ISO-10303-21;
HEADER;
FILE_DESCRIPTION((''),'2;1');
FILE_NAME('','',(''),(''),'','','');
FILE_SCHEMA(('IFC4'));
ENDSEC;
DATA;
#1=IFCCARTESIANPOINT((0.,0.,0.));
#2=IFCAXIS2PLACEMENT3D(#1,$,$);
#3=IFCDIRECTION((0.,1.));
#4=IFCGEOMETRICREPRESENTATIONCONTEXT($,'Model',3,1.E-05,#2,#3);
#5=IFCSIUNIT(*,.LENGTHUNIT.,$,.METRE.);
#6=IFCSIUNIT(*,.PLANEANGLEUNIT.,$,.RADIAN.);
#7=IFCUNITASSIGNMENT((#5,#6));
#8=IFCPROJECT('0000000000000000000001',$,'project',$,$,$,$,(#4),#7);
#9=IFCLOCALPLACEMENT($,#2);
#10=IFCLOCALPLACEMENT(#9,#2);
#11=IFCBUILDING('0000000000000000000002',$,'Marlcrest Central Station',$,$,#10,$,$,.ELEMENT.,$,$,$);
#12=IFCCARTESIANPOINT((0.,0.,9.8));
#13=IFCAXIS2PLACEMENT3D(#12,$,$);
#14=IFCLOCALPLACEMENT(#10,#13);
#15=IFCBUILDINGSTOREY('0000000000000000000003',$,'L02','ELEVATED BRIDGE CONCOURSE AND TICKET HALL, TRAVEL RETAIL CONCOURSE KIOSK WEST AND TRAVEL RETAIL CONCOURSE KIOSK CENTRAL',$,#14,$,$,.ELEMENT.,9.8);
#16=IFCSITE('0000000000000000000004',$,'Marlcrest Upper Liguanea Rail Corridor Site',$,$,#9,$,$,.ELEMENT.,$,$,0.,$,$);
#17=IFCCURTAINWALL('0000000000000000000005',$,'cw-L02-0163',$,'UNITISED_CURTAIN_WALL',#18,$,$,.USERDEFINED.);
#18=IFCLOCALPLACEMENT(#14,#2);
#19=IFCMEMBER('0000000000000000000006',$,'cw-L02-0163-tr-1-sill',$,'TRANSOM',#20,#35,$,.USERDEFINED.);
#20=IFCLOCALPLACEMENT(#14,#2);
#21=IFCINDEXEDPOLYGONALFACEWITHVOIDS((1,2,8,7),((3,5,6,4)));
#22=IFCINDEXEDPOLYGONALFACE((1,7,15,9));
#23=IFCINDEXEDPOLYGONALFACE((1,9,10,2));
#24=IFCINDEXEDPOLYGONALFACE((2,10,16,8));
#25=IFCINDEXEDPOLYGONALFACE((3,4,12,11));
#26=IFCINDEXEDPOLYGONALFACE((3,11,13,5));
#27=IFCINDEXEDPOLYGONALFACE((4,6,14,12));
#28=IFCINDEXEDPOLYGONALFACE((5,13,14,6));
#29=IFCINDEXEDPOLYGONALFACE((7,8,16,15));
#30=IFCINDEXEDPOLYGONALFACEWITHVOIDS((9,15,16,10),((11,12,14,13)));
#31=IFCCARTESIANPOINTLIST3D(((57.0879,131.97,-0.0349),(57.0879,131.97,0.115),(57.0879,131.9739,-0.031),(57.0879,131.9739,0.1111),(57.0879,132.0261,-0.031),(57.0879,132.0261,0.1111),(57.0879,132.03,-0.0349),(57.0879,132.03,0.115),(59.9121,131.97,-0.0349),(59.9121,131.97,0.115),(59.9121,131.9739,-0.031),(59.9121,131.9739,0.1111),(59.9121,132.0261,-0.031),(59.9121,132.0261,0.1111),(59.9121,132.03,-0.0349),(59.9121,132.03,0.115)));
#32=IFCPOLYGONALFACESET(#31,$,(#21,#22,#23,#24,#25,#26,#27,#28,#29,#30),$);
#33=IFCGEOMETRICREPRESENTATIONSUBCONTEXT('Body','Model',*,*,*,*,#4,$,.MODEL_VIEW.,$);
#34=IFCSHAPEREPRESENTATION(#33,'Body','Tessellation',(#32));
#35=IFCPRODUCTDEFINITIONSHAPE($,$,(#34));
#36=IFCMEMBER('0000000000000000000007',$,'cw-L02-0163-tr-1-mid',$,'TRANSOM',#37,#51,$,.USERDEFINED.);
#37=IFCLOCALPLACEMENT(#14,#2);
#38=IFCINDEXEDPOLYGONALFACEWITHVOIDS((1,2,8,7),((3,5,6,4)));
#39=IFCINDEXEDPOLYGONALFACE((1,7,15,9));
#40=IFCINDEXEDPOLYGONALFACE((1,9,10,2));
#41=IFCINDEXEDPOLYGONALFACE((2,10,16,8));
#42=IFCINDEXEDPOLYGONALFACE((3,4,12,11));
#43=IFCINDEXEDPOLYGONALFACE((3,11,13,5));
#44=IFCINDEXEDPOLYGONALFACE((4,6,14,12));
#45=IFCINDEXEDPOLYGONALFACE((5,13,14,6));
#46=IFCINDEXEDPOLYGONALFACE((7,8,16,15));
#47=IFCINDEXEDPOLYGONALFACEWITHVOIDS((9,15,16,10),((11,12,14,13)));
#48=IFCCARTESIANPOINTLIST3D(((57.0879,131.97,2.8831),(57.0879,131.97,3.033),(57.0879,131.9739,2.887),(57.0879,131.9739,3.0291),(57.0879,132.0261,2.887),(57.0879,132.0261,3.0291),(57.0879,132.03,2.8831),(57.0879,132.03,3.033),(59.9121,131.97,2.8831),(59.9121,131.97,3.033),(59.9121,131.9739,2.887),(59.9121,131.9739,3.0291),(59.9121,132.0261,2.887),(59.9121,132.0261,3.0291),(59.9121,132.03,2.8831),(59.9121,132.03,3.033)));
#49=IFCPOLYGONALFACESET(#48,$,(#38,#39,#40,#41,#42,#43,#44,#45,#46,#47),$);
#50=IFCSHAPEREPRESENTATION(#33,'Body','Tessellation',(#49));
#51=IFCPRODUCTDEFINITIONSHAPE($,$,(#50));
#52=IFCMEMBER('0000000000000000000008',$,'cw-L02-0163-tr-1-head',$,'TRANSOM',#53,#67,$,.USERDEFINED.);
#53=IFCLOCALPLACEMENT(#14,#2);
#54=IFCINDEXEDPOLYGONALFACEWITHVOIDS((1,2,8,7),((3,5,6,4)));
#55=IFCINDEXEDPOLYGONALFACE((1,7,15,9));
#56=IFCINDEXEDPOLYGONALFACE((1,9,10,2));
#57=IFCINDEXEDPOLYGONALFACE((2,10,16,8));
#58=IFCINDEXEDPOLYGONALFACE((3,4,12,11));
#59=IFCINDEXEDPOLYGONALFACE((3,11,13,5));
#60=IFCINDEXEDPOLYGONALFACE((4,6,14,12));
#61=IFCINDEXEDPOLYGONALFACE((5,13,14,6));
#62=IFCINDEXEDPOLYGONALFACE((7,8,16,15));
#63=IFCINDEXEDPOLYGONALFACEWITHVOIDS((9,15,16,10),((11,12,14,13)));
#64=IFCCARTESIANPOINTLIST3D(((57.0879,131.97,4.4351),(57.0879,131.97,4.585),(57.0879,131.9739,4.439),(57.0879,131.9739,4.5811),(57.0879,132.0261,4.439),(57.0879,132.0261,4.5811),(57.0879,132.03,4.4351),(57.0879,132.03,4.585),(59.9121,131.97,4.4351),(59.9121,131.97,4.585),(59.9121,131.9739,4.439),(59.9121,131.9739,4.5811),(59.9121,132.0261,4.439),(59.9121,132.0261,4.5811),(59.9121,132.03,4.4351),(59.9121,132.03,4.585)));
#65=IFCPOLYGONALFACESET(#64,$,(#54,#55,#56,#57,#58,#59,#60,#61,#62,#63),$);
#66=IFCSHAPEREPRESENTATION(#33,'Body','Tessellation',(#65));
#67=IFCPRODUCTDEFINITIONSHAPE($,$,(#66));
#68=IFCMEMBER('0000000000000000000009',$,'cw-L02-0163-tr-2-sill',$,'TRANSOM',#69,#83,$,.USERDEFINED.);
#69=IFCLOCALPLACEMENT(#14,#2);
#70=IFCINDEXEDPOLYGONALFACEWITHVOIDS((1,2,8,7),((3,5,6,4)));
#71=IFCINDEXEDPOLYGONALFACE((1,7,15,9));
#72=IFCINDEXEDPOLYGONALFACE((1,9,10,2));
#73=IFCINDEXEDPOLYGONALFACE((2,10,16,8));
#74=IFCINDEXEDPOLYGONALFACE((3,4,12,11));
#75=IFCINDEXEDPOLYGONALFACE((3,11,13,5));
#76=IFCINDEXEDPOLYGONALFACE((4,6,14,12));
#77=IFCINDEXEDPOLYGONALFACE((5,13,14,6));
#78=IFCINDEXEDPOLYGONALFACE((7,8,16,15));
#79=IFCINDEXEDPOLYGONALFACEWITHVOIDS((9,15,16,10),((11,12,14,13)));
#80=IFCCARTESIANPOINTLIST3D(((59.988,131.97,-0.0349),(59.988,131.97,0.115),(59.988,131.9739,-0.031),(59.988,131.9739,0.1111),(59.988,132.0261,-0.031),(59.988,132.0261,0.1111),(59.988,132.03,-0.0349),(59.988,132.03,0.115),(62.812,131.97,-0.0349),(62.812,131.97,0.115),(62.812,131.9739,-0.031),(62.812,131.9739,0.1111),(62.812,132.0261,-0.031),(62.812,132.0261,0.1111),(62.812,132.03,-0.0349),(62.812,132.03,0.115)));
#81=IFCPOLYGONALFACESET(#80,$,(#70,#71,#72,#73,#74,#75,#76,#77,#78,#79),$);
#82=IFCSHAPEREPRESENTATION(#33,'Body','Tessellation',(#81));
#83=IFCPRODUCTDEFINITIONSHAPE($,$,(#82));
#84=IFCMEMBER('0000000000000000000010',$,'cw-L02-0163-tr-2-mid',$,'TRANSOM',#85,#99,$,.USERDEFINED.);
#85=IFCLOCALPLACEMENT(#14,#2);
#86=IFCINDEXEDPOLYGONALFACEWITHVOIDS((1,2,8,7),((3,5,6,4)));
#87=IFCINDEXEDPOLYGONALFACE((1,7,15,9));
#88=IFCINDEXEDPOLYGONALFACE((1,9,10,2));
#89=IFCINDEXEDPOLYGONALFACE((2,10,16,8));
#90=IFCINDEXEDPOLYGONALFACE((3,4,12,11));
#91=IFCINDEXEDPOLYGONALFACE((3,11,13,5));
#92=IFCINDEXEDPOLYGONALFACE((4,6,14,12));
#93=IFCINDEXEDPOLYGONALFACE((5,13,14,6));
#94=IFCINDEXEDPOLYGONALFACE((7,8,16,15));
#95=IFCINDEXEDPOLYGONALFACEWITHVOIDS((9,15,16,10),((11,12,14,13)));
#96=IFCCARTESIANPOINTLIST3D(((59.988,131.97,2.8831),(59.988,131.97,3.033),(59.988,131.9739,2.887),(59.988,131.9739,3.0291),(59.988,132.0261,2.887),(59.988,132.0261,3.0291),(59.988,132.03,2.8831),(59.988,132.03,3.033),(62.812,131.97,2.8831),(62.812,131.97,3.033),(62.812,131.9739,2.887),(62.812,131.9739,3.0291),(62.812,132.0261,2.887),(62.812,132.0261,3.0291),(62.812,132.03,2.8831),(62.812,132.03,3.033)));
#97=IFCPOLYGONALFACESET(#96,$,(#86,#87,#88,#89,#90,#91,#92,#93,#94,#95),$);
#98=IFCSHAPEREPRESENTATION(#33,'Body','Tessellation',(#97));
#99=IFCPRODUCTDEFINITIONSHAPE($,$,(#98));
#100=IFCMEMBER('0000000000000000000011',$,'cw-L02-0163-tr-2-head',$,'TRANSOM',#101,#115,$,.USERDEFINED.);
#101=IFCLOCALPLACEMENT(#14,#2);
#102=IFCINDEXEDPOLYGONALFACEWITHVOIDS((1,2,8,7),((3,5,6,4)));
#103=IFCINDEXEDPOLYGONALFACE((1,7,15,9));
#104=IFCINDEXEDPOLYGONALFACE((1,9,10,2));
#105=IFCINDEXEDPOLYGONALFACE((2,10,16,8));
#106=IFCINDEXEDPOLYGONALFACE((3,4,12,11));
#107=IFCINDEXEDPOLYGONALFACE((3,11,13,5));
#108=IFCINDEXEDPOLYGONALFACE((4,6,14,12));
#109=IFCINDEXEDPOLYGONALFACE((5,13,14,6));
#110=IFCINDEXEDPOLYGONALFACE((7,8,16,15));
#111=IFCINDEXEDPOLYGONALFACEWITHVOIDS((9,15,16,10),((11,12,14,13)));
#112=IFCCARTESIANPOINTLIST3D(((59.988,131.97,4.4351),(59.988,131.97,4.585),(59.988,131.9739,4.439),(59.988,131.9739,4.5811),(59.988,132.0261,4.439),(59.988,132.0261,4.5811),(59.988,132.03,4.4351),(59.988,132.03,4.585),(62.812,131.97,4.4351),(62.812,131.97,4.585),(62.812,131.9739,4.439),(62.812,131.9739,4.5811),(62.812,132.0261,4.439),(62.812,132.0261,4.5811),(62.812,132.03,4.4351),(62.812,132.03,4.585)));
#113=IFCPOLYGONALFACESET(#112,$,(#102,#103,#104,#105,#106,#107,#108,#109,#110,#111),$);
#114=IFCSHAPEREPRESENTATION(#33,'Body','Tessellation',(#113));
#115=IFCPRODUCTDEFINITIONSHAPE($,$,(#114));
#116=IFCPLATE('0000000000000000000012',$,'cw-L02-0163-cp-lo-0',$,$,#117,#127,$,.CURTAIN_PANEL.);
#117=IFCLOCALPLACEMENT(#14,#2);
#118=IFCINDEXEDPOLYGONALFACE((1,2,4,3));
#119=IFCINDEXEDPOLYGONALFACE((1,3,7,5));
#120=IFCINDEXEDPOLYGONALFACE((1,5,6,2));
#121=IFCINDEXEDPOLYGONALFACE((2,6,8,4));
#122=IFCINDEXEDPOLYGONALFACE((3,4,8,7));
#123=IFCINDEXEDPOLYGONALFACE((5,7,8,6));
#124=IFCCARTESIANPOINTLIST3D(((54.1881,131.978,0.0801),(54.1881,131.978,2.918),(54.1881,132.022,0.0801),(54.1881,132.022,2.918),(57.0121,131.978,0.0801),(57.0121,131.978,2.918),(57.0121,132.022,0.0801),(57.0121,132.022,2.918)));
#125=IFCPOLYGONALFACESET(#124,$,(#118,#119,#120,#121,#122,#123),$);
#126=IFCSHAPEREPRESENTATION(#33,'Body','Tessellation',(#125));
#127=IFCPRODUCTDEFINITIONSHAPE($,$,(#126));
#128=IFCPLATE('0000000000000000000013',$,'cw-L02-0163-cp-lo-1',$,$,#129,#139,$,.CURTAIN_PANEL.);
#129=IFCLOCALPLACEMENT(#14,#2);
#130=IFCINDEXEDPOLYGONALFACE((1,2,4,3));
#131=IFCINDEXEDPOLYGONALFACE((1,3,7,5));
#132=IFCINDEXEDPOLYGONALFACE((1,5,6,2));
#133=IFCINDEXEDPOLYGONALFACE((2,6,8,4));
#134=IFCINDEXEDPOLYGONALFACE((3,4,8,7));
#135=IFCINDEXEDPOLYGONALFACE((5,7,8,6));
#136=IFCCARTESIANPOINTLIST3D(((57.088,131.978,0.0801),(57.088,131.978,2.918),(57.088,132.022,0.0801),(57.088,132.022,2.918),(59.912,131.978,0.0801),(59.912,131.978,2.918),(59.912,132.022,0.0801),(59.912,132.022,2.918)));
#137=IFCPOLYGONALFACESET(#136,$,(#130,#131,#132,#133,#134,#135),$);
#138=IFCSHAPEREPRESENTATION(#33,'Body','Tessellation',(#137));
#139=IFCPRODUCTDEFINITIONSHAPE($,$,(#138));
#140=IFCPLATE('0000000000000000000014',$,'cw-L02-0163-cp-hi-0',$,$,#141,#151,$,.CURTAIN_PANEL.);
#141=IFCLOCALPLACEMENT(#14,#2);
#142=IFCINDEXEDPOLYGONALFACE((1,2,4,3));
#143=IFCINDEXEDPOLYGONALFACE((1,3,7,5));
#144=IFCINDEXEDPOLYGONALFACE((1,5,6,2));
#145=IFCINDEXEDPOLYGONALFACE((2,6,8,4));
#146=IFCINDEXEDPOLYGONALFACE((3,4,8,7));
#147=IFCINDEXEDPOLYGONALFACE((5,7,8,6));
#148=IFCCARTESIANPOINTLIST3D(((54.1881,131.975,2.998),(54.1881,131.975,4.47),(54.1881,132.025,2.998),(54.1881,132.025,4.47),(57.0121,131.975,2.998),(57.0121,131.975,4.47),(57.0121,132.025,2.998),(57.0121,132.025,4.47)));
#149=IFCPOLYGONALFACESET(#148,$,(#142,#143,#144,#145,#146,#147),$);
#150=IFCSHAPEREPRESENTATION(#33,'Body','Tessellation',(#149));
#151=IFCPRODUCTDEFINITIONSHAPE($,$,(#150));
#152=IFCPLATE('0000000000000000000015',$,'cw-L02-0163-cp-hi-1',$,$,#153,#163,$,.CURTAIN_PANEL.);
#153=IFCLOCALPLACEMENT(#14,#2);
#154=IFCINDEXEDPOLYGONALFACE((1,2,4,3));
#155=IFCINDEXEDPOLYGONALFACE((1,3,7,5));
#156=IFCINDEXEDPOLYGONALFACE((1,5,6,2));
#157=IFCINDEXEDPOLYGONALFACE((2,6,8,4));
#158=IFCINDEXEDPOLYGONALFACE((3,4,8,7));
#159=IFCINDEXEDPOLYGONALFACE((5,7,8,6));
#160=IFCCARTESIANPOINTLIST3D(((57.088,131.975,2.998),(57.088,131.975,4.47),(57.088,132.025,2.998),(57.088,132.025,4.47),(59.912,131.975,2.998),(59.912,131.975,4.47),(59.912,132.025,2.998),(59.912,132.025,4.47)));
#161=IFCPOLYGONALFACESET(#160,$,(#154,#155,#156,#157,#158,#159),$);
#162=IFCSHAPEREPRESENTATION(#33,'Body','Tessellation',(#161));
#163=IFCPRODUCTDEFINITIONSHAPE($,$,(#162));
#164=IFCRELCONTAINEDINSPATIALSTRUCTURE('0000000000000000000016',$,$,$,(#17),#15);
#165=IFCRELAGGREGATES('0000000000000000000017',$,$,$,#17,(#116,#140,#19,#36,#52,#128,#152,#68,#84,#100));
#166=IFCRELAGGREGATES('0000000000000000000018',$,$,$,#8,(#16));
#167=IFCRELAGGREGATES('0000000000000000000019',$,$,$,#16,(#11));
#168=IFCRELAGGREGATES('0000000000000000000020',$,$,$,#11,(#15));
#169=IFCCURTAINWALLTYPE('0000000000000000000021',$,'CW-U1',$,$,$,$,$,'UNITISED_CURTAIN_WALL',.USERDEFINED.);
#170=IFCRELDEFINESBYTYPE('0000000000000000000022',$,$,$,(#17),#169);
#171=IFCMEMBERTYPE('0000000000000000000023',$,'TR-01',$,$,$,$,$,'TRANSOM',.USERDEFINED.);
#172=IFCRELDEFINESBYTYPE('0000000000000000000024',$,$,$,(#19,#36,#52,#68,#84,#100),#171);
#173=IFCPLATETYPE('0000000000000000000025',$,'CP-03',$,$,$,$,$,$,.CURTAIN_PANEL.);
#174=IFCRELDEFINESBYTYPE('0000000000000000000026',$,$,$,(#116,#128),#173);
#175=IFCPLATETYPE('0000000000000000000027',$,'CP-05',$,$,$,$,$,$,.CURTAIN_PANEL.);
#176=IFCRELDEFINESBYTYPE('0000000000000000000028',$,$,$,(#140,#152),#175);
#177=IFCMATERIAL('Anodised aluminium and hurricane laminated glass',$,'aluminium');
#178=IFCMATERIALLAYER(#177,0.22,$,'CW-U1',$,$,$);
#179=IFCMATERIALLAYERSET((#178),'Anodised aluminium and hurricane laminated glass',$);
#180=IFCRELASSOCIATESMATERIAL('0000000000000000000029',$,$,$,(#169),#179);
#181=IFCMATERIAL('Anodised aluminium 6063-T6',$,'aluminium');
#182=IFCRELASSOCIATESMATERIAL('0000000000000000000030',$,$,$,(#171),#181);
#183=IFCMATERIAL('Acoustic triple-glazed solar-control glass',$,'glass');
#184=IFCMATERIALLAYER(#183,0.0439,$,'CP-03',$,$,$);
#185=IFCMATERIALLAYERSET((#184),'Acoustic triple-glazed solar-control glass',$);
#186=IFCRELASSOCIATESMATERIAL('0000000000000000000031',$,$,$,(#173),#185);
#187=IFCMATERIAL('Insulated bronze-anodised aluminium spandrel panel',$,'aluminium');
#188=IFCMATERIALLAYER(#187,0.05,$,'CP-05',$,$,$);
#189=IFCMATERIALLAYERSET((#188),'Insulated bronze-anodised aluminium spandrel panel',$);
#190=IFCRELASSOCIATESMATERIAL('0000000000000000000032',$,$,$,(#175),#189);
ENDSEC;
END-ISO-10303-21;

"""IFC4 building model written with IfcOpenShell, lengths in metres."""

from ifc_helpers import new_model, si_unit, direction, frame, origin, origin_2d, place, context, subcontext, project, spatial, rectangle, hollow_rectangle, extrude, material, layer, layer_set, material_profile, profile_set, type_object, element, aggregate, save


model = new_model("IFC4")

# Units and contexts
model_context = context("Model", 3, precision=1e-05, world=origin(), true_north=direction((0.0, 1.0)))
body_context = subcontext(model_context, "Body", "Model", "MODEL_VIEW")
ifc_project = project(units=[si_unit("LENGTHUNIT", "METRE"), si_unit("PLANEANGLEUNIT", "RADIAN")], contexts=[model_context])

# Site, building, storey
site_placement = place(None, origin())
site = spatial("IfcSite", under=ifc_project, at=site_placement, Name="Marlcrest Upper Liguanea Rail Corridor Site", CompositionType="ELEMENT", RefElevation=0.0)
building_placement = place(site_placement, origin())
building = spatial("IfcBuilding", under=site, at=building_placement, Name="Marlcrest Central Station", CompositionType="ELEMENT")
storey_placement = place(building_placement, frame((0.0, 0.0, 9.8)))
storey = spatial("IfcBuildingStorey", under=building, at=storey_placement, Name="L02", Description="ELEVATED BRIDGE CONCOURSE AND TICKET HALL, TRAVEL RETAIL CONCOURSE KIOSK WEST AND TRAVEL RETAIL CONCOURSE KIOSK CENTRAL", CompositionType="ELEMENT", Elevation=9.8)

# Curtain wall
ifc_material_1 = material(Name="Anodised aluminium and hurricane laminated glass", Category="aluminium")
ifc_layer_1 = layer(ifc_material_1, 0.22, Name="CW-U1")
ifc_layer_set_1 = layer_set([ifc_layer_1], Name="Anodised aluminium and hurricane laminated glass")
curtain_wall_type = type_object("IfcCurtainWallType", Name="CW-U1", ElementType="UNITISED_CURTAIN_WALL", PredefinedType="USERDEFINED", material=ifc_layer_set_1)
curtain_wall_placement = place(storey_placement, origin())
curtain_wall = element("IfcCurtainWall", 1, at=curtain_wall_placement, inside=storey, type_object=curtain_wall_type, Name="cw-L02-0163", ObjectType="UNITISED_CURTAIN_WALL", PredefinedType="USERDEFINED")
ifc_material_2 = material(Name="Anodised aluminium 6063-T6", Category="aluminium")

# Members
ifc_material_profile_1 = material_profile(ifc_material_2, hollow_rectangle(XDim=0.0601, YDim=0.1499, WallThickness=0.0039, at=origin_2d()), Name="AA-RHS 150x60x4")
ifc_profile_set_1 = profile_set([ifc_material_profile_1], Name="Anodised aluminium 6063-T6")
member_type_1 = type_object("IfcMemberType", Name="TR-01", ElementType="TRANSOM", PredefinedType="USERDEFINED", material=ifc_profile_set_1)
member_1_placement = place(storey_placement, frame((57.0879, 132.0, 0.04), z_axis=(1.0, 0.0, 0.0), x_axis=(0.0, 1.0, 0.0)))
member_1 = element("IfcMember", 2, at=member_1_placement, type_object=member_type_1, Name="cw-L02-0163-tr-1-sill", ObjectType="TRANSOM", PredefinedType="USERDEFINED", context=body_context, shape_type="SweptSolid", body=[
    extrude(hollow_rectangle(XDim=0.0601, YDim=0.1499, WallThickness=0.0039, at=origin_2d()), origin(), (0.0, 0.0, 1.0), 2.8242),
])
member_2_placement = place(storey_placement, frame((57.0879, 132.0, 2.958), z_axis=(1.0, 0.0, 0.0), x_axis=(0.0, 1.0, 0.0)))
member_2 = element("IfcMember", 3, at=member_2_placement, type_object=member_type_1, Name="cw-L02-0163-tr-1-mid", ObjectType="TRANSOM", PredefinedType="USERDEFINED", context=body_context, shape_type="SweptSolid", body=[
    extrude(hollow_rectangle(XDim=0.0601, YDim=0.1499, WallThickness=0.0039, at=origin_2d()), origin(), (0.0, 0.0, 1.0), 2.8242),
])
member_3_placement = place(storey_placement, frame((57.0879, 132.0, 4.51), z_axis=(1.0, 0.0, 0.0), x_axis=(0.0, 1.0, 0.0)))
member_3 = element("IfcMember", 4, at=member_3_placement, type_object=member_type_1, Name="cw-L02-0163-tr-1-head", ObjectType="TRANSOM", PredefinedType="USERDEFINED", context=body_context, shape_type="SweptSolid", body=[
    extrude(hollow_rectangle(XDim=0.0601, YDim=0.1499, WallThickness=0.0039, at=origin_2d()), origin(), (0.0, 0.0, 1.0), 2.8242),
])
member_4_placement = place(storey_placement, frame((59.988, 132.0, 0.04), z_axis=(1.0, 0.0, 0.0), x_axis=(0.0, 1.0, 0.0)))
member_4 = element("IfcMember", 5, at=member_4_placement, type_object=member_type_1, Name="cw-L02-0163-tr-2-sill", ObjectType="TRANSOM", PredefinedType="USERDEFINED", context=body_context, shape_type="SweptSolid", body=[
    extrude(hollow_rectangle(XDim=0.0601, YDim=0.1499, WallThickness=0.0039, at=origin_2d()), origin(), (0.0, 0.0, 1.0), 2.824),
])
member_5_placement = place(storey_placement, frame((59.988, 132.0, 2.958), z_axis=(1.0, 0.0, 0.0), x_axis=(0.0, 1.0, 0.0)))
member_5 = element("IfcMember", 6, at=member_5_placement, type_object=member_type_1, Name="cw-L02-0163-tr-2-mid", ObjectType="TRANSOM", PredefinedType="USERDEFINED", context=body_context, shape_type="SweptSolid", body=[
    extrude(hollow_rectangle(XDim=0.0601, YDim=0.1499, WallThickness=0.0039, at=origin_2d()), origin(), (0.0, 0.0, 1.0), 2.824),
])
member_6_placement = place(storey_placement, frame((59.988, 132.0, 4.51), z_axis=(1.0, 0.0, 0.0), x_axis=(0.0, 1.0, 0.0)))
member_6 = element("IfcMember", 7, at=member_6_placement, type_object=member_type_1, Name="cw-L02-0163-tr-2-head", ObjectType="TRANSOM", PredefinedType="USERDEFINED", context=body_context, shape_type="SweptSolid", body=[
    extrude(hollow_rectangle(XDim=0.0601, YDim=0.1499, WallThickness=0.0039, at=origin_2d()), origin(), (0.0, 0.0, 1.0), 2.824),
])

# Plates
ifc_material_3 = material(Name="Acoustic triple-glazed solar-control glass", Category="glass")
ifc_layer_2 = layer(ifc_material_3, 0.0439, Name="CP-03")
ifc_layer_set_2 = layer_set([ifc_layer_2], Name="Acoustic triple-glazed solar-control glass")
plate_type_1 = type_object("IfcPlateType", Name="CP-03", PredefinedType="CURTAIN_PANEL", material=ifc_layer_set_2)
plate_1_placement = place(storey_placement, frame((55.6001, 132.0, 0.0801), z_axis=(0.0, 0.0, 1.0), x_axis=(1.0, 0.0, 0.0)))
plate_1 = element("IfcPlate", 8, at=plate_1_placement, type_object=plate_type_1, Name="cw-L02-0163-cp-lo-0", PredefinedType="CURTAIN_PANEL", context=body_context, shape_type="SweptSolid", body=[
    extrude(rectangle(XDim=2.824, YDim=0.0439, at=origin_2d()), origin(), (0.0, 0.0, 1.0), 2.8379),
])
plate_2_placement = place(storey_placement, frame((58.5, 132.0, 0.0801), z_axis=(0.0, 0.0, 1.0), x_axis=(1.0, 0.0, 0.0)))
plate_2 = element("IfcPlate", 9, at=plate_2_placement, type_object=plate_type_1, Name="cw-L02-0163-cp-lo-1", PredefinedType="CURTAIN_PANEL", context=body_context, shape_type="SweptSolid", body=[
    extrude(rectangle(XDim=2.824, YDim=0.0439, at=origin_2d()), origin(), (0.0, 0.0, 1.0), 2.8379),
])
ifc_material_4 = material(Name="Insulated bronze-anodised aluminium spandrel panel", Category="aluminium")
ifc_layer_3 = layer(ifc_material_4, 0.05, Name="CP-05")
ifc_layer_set_3 = layer_set([ifc_layer_3], Name="Insulated bronze-anodised aluminium spandrel panel")
plate_type_2 = type_object("IfcPlateType", Name="CP-05", PredefinedType="CURTAIN_PANEL", material=ifc_layer_set_3)
plate_3_placement = place(storey_placement, frame((55.6001, 132.0, 2.998), z_axis=(0.0, 0.0, 1.0), x_axis=(1.0, 0.0, 0.0)))
plate_3 = element("IfcPlate", 10, at=plate_3_placement, type_object=plate_type_2, Name="cw-L02-0163-cp-hi-0", PredefinedType="CURTAIN_PANEL", context=body_context, shape_type="SweptSolid", body=[
    extrude(rectangle(XDim=2.824, YDim=0.05, at=origin_2d()), origin(), (0.0, 0.0, 1.0), 1.4719),
])
plate_4_placement = place(storey_placement, frame((58.5, 132.0, 2.998), z_axis=(0.0, 0.0, 1.0), x_axis=(1.0, 0.0, 0.0)))
plate_4 = element("IfcPlate", 11, at=plate_4_placement, type_object=plate_type_2, Name="cw-L02-0163-cp-hi-1", PredefinedType="CURTAIN_PANEL", context=body_context, shape_type="SweptSolid", body=[
    extrude(rectangle(XDim=2.824, YDim=0.05, at=origin_2d()), origin(), (0.0, 0.0, 1.0), 1.4719),
])
aggregate(curtain_wall, [plate_1, plate_3, member_1, member_2, member_3, plate_2, plate_4, member_4, member_5, member_6])

save(model, "model.ifc")
